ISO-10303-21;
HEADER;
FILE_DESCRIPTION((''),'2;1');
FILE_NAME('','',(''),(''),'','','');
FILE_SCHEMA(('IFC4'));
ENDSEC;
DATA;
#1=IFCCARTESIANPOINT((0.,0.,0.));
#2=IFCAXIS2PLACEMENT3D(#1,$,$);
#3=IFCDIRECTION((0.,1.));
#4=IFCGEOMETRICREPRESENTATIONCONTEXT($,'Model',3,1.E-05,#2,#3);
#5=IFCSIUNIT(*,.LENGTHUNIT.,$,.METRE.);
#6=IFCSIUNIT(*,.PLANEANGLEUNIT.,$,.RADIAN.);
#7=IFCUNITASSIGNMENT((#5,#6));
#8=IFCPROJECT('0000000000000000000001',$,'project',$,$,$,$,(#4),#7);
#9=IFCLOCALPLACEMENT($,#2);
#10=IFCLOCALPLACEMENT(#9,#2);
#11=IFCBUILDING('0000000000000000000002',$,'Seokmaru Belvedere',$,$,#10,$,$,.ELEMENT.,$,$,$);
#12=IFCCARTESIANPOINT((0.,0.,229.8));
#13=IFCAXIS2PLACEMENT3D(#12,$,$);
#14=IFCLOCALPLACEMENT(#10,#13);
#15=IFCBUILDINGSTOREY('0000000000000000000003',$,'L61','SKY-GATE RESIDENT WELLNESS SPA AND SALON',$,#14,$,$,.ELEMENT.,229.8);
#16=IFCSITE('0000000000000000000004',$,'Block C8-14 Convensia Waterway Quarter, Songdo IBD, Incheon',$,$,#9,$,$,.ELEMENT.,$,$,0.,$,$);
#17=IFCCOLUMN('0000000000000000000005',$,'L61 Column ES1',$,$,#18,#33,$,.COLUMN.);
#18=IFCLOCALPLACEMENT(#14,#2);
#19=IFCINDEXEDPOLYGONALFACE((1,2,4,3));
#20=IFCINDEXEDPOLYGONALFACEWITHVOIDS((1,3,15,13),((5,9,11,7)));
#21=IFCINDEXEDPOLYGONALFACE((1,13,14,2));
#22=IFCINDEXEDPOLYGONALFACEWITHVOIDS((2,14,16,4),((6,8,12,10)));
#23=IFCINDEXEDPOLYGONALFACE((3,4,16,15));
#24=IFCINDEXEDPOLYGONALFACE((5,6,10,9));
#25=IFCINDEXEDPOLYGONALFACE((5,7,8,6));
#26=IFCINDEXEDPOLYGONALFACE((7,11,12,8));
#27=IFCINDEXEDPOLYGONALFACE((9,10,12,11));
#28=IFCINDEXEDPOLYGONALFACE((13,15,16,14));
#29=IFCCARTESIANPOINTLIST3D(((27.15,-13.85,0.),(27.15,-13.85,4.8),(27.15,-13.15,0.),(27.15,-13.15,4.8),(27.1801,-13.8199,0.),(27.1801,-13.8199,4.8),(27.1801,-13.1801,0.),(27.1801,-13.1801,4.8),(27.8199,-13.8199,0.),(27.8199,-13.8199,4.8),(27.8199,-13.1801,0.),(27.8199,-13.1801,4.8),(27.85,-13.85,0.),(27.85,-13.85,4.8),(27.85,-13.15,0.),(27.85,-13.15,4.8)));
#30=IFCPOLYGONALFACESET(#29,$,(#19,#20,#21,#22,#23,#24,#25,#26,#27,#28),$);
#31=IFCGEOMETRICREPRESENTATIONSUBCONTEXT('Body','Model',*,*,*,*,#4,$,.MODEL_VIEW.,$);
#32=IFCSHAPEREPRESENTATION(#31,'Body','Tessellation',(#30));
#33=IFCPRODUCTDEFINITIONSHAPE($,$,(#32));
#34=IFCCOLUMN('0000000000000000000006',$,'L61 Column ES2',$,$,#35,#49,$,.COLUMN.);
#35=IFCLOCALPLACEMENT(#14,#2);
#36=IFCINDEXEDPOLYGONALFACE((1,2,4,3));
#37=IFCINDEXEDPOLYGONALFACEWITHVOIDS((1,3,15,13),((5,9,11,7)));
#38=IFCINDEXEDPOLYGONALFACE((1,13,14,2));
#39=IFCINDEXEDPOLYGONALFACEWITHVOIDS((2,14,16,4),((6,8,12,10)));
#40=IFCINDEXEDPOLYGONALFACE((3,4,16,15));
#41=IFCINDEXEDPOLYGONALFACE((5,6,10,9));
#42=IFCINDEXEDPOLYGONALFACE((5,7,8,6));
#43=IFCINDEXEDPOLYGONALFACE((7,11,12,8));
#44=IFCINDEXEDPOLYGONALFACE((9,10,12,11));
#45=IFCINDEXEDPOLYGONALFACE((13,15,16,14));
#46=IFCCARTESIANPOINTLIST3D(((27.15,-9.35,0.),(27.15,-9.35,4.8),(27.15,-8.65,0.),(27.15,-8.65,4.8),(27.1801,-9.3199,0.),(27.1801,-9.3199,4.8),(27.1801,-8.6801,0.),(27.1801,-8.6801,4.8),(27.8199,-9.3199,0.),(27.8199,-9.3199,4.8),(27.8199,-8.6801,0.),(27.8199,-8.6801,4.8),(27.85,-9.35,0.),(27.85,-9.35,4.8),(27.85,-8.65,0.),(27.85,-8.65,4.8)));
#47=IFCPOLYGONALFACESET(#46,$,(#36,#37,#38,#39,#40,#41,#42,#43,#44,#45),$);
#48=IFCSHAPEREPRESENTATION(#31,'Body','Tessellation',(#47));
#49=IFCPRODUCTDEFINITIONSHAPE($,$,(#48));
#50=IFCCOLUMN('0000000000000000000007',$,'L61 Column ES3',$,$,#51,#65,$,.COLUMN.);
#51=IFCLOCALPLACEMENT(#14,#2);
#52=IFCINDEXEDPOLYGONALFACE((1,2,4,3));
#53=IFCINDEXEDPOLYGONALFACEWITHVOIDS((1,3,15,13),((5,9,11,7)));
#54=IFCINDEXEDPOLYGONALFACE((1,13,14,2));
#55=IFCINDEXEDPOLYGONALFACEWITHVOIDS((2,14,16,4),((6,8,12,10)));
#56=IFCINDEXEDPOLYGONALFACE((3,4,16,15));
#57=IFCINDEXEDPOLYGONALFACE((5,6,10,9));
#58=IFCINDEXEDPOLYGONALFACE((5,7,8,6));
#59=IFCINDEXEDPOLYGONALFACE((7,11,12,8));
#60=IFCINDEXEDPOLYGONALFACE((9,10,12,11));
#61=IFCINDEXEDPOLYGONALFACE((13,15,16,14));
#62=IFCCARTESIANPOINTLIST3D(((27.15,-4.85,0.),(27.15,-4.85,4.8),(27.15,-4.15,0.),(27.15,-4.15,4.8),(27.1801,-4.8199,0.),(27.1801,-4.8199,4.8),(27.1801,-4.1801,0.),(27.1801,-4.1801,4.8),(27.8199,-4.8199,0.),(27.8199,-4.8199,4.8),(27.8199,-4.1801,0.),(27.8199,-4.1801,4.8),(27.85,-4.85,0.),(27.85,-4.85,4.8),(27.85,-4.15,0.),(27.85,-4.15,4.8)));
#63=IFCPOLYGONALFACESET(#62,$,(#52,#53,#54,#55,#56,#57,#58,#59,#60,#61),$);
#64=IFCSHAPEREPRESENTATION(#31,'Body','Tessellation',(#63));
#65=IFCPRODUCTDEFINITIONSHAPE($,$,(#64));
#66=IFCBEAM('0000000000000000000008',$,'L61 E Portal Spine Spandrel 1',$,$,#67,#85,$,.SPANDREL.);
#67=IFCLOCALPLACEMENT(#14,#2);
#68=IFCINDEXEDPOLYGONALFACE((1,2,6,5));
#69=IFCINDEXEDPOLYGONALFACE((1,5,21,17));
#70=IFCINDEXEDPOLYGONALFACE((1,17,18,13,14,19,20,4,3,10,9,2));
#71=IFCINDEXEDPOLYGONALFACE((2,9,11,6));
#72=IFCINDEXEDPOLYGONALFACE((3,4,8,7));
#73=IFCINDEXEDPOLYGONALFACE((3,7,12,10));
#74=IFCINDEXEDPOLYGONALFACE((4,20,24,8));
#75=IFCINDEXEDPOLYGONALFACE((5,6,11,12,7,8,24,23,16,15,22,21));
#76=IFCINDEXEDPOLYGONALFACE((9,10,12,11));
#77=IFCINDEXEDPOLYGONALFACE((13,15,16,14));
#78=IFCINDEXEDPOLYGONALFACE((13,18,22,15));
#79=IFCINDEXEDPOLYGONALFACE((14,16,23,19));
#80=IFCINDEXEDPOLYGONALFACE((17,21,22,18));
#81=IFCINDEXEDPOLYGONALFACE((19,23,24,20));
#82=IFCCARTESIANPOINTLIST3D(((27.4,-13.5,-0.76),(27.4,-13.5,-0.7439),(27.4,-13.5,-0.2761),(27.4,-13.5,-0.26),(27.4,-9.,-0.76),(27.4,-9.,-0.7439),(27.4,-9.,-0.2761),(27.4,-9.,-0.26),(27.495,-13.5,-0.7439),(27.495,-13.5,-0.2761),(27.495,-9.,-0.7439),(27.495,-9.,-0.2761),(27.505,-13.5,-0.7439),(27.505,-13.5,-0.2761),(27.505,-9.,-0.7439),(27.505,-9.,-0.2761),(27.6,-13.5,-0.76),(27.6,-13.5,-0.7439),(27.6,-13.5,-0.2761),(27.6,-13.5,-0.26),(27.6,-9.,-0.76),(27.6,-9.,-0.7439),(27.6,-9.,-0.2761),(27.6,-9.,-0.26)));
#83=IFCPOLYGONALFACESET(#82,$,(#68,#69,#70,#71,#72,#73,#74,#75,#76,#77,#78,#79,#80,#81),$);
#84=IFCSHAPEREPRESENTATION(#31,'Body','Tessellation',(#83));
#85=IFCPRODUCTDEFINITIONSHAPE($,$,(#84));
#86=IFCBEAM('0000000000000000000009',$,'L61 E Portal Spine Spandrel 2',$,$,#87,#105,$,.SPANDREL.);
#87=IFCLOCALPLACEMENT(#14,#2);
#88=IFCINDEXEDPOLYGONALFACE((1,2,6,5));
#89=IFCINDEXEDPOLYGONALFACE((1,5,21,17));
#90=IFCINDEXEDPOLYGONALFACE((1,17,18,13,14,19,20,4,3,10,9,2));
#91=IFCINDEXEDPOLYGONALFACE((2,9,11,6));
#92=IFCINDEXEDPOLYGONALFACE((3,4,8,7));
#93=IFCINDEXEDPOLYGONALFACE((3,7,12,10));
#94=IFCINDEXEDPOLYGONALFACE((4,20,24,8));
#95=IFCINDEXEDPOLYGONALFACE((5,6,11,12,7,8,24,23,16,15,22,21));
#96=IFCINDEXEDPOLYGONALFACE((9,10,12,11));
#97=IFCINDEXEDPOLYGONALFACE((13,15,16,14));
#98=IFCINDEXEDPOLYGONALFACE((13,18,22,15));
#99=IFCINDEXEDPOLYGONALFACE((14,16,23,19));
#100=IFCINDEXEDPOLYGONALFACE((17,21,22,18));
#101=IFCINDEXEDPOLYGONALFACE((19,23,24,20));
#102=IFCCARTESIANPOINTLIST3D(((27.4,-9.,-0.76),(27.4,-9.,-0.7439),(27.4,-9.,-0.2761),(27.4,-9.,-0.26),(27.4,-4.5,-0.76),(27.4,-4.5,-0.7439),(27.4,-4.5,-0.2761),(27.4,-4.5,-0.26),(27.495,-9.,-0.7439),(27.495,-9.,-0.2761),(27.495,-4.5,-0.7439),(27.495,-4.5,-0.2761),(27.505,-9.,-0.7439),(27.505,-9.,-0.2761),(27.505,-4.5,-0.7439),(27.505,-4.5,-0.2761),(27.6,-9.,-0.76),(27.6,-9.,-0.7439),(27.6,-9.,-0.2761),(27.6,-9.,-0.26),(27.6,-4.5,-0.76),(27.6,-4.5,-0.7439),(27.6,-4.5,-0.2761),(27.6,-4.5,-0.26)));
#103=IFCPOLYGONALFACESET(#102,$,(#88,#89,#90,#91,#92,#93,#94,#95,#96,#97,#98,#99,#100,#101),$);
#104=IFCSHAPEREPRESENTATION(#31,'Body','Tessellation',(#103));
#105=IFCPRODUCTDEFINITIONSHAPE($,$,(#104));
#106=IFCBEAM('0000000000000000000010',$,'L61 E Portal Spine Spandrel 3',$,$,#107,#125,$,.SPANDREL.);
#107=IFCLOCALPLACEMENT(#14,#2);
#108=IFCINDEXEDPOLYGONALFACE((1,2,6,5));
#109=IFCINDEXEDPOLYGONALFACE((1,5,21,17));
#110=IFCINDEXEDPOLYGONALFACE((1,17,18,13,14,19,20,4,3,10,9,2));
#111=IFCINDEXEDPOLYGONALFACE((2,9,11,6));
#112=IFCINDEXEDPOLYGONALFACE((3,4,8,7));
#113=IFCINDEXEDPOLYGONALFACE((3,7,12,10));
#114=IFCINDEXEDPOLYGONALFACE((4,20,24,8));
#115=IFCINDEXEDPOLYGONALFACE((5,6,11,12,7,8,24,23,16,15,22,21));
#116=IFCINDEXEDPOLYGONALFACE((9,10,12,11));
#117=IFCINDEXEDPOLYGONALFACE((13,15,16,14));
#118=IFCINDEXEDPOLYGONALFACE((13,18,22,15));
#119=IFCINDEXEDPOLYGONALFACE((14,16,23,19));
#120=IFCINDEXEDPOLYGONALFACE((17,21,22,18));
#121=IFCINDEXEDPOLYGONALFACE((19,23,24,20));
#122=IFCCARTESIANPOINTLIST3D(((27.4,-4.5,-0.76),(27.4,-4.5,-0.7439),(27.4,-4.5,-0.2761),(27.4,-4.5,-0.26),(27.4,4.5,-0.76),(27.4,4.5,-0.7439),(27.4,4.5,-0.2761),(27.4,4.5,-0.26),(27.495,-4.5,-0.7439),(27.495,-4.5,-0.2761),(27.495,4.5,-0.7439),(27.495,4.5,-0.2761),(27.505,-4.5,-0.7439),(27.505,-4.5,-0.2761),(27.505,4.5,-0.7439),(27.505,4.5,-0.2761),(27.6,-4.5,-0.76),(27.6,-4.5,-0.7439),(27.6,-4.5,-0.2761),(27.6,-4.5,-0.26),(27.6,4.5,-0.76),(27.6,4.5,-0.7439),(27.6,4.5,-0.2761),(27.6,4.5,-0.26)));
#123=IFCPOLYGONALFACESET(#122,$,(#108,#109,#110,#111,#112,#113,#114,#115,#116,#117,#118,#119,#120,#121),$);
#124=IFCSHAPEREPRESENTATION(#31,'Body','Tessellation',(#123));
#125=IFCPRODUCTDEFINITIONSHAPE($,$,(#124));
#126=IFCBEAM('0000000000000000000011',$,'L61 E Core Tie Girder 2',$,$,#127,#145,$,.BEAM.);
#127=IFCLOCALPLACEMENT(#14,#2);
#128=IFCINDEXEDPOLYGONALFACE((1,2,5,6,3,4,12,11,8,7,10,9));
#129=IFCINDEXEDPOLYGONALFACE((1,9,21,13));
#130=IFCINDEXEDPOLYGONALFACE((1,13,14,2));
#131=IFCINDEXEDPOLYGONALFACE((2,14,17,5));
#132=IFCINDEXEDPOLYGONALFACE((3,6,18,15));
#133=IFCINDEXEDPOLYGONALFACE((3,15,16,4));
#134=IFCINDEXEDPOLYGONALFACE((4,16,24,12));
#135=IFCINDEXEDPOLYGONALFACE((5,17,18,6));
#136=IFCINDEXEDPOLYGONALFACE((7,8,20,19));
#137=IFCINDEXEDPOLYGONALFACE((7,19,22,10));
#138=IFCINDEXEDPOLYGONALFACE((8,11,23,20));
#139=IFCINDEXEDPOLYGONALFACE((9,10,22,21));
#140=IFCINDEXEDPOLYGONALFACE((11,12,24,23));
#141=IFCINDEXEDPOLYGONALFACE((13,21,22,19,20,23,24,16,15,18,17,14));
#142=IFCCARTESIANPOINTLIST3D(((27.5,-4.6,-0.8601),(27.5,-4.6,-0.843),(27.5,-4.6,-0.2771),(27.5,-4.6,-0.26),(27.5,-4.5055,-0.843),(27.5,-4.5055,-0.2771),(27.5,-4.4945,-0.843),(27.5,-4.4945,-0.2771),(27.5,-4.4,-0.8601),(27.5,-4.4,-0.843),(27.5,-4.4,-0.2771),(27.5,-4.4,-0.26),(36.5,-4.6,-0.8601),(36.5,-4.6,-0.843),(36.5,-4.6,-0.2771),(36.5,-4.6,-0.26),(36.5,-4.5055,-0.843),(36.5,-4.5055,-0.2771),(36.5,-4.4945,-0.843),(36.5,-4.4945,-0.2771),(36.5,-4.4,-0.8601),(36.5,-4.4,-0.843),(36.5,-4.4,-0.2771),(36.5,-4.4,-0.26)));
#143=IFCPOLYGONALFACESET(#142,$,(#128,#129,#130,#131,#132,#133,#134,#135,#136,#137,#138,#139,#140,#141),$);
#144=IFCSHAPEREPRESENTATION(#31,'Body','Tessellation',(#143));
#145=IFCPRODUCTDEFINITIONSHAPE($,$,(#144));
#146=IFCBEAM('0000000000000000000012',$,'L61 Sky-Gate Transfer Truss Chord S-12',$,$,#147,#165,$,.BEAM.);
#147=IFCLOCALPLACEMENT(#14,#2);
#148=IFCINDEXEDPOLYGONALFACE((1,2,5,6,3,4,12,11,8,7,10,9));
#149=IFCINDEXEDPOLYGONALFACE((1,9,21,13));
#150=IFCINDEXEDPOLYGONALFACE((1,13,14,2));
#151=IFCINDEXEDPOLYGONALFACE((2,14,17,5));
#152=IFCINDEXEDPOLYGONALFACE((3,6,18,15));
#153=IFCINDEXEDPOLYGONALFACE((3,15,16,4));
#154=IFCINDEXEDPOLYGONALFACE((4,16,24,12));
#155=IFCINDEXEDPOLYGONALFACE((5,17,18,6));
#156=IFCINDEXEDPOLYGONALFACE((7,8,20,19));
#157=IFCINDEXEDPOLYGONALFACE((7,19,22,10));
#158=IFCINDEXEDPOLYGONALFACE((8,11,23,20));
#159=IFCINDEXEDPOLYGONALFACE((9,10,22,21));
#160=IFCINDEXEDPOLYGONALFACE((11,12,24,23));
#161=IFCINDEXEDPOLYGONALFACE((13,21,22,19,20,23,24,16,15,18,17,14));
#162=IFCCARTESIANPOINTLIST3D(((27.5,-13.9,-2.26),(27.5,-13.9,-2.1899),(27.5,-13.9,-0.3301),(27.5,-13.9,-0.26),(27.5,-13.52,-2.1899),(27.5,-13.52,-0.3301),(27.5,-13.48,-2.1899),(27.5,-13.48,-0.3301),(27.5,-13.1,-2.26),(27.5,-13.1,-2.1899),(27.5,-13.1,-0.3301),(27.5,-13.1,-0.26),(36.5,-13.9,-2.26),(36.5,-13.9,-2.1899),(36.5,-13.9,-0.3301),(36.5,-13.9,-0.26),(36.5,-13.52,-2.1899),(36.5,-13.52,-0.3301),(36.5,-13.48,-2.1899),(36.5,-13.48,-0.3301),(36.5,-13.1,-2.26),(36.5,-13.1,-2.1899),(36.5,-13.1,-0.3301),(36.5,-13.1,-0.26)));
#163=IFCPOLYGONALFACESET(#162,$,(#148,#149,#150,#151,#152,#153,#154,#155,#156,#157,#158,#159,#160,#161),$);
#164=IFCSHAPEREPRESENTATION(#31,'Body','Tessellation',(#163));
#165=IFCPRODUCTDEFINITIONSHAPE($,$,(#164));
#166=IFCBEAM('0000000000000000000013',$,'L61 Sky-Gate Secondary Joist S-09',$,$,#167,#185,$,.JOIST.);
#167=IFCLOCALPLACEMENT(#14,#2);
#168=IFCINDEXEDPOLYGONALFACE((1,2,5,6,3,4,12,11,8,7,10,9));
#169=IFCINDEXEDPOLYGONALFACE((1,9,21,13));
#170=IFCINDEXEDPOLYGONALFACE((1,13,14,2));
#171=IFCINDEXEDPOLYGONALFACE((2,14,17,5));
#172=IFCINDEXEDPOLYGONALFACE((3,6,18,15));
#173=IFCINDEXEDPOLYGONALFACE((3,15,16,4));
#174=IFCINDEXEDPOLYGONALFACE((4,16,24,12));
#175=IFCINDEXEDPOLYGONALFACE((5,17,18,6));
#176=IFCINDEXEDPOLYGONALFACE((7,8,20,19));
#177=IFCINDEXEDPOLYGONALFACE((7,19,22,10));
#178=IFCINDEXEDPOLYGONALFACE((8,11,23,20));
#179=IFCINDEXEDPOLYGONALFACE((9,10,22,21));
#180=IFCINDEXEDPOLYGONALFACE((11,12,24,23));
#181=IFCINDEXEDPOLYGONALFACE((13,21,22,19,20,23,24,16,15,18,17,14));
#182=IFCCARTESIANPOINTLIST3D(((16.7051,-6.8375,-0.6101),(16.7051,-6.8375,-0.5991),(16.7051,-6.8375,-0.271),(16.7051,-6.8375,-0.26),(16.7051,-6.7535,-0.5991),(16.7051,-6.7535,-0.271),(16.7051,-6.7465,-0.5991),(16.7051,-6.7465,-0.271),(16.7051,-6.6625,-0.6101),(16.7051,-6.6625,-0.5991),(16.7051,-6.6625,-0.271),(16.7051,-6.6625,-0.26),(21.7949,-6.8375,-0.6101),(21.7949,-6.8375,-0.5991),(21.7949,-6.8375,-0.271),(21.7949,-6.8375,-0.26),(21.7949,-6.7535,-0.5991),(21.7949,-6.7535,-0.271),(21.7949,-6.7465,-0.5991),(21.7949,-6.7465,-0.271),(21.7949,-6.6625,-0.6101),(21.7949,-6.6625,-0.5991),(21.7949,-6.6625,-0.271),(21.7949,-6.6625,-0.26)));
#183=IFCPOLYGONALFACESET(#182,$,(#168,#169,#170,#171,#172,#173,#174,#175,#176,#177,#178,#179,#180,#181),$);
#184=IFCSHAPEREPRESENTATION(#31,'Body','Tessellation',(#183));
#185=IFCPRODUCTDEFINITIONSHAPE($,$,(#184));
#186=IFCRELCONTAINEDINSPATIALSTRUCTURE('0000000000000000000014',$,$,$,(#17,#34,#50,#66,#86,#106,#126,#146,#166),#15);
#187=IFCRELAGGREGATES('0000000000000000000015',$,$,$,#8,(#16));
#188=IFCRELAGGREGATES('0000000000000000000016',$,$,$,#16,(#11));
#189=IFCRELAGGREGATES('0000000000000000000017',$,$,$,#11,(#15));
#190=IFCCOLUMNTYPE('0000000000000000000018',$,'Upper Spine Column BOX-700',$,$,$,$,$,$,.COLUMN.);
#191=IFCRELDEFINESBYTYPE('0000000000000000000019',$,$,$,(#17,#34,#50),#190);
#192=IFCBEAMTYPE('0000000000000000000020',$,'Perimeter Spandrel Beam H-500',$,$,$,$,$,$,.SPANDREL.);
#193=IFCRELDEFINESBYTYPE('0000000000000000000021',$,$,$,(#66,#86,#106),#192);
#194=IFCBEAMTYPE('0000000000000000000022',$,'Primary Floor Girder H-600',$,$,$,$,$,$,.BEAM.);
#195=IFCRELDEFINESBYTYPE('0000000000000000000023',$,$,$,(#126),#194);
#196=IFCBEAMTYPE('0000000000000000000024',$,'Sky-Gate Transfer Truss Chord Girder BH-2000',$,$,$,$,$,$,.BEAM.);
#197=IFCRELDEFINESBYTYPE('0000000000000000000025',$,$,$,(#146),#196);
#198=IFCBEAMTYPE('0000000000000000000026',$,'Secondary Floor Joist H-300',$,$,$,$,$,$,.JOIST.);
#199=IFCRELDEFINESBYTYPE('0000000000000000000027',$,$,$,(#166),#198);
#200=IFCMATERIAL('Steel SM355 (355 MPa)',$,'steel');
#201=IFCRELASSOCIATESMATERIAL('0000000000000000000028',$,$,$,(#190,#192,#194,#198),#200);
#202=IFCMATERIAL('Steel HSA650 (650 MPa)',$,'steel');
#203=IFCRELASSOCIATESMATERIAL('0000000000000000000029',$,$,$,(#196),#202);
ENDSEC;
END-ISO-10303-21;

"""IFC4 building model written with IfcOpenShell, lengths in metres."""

from ifc_helpers import new_model, si_unit, direction, frame, origin, origin_2d, place, context, subcontext, project, spatial, hollow_rectangle, i_section, extrude, source, transform, mapped, material, material_profile, profile_set, type_object, type_shapes, element, save


model = new_model("IFC4")

# Units and contexts
model_context = context("Model", 3, precision=1e-05, world=origin(), true_north=direction((0.0, 1.0)))
body_context = subcontext(model_context, "Body", "Model", "MODEL_VIEW")
ifc_project = project(units=[si_unit("LENGTHUNIT", "METRE"), si_unit("PLANEANGLEUNIT", "RADIAN")], contexts=[model_context])

# Site, building, storey
site_placement = place(None, origin())
site = spatial("IfcSite", under=ifc_project, at=site_placement, Name="Block C8-14 Convensia Waterway Quarter, Songdo IBD, Incheon", CompositionType="ELEMENT", RefElevation=0.0)
building_placement = place(site_placement, origin())
building = spatial("IfcBuilding", under=site, at=building_placement, Name="Seokmaru Belvedere", CompositionType="ELEMENT")
storey_placement = place(building_placement, frame((0.0, 0.0, 229.8)))
storey = spatial("IfcBuildingStorey", under=building, at=storey_placement, Name="L61", Description="SKY-GATE RESIDENT WELLNESS SPA AND SALON", CompositionType="ELEMENT", Elevation=229.8)

# Columns
ifc_material_1 = material(Name="Steel SM355 (355 MPa)", Category="steel")
ifc_material_profile_1 = material_profile(ifc_material_1, hollow_rectangle(XDim=0.7, YDim=0.7, WallThickness=0.03, at=origin_2d()), Name="BOX-700x700x30")
ifc_profile_set_1 = profile_set([ifc_material_profile_1], Name="Steel SM355 (355 MPa)")
column_type = type_object("IfcColumnType", Name="Upper Spine Column BOX-700", PredefinedType="COLUMN", material=ifc_profile_set_1)
shared_shape_1 = source(origin(), body_context, "Body", "SweptSolid", [
    extrude(hollow_rectangle(XDim=0.7, YDim=0.7, WallThickness=0.03, at=origin_2d()), origin(), (0.0, 0.0, 1.0), 4.8),
])
type_shapes(column_type, [shared_shape_1])
for number, where, z_axis, x_axis, name in (
    (1, (27.5, -13.5, 0.0), (0.0, 0.0, 1.0), (1.0, 0.0, 0.0), "L61 Column ES1"),
    (2, (27.5, -9.0, 0.0), (0.0, 0.0, 1.0), (1.0, 0.0, 0.0), "L61 Column ES2"),
    (3, (27.5, -4.5, 0.0), (0.0, 0.0, 1.0), (1.0, 0.0, 0.0), "L61 Column ES3"),
):
    element("IfcColumn", number, at=place(storey_placement, frame(where, z_axis=z_axis, x_axis=x_axis)), inside=storey, type_object=column_type, Name=name, PredefinedType="COLUMN", context=body_context, shape_type="MappedRepresentation", body=[
        mapped(shared_shape_1, transform((0.0, 0.0, 0.0), scale=1.0)),
    ])

# Beams
ifc_material_profile_2 = material_profile(ifc_material_1, i_section(OverallWidth=0.2, OverallDepth=0.5, WebThickness=0.01, FlangeThickness=0.0161, at=origin_2d()), Name="H-500x200x10x16")
ifc_profile_set_2 = profile_set([ifc_material_profile_2], Name="Steel SM355 (355 MPa)")
beam_type_1 = type_object("IfcBeamType", Name="Perimeter Spandrel Beam H-500", PredefinedType="SPANDREL", material=ifc_profile_set_2)
shared_shape_2 = source(origin(), body_context, "Body", "SweptSolid", [
    extrude(i_section(OverallWidth=0.2, OverallDepth=0.5, WebThickness=0.01, FlangeThickness=0.0161, at=origin_2d()), origin(), (0.0, 0.0, 1.0), 4.5),
])
for number, where, z_axis, x_axis, name in (
    (4, (27.5, -13.5, -0.51), (0.0, 1.0, 0.0), (-1.0, 0.0, 0.0), "L61 E Portal Spine Spandrel 1"),
    (5, (27.5, -9.0, -0.51), (0.0, 1.0, 0.0), (-1.0, 0.0, 0.0), "L61 E Portal Spine Spandrel 2"),
):
    element("IfcBeam", number, at=place(storey_placement, frame(where, z_axis=z_axis, x_axis=x_axis)), inside=storey, type_object=beam_type_1, Name=name, PredefinedType="SPANDREL", context=body_context, shape_type="MappedRepresentation", body=[
        mapped(shared_shape_2, transform((0.0, 0.0, 0.0), scale=1.0)),
    ])
shared_shape_3 = source(origin(), body_context, "Body", "SweptSolid", [
    extrude(i_section(OverallWidth=0.2, OverallDepth=0.5, WebThickness=0.01, FlangeThickness=0.0161, at=origin_2d()), origin(), (0.0, 0.0, 1.0), 9.0),
])
type_shapes(beam_type_1, [shared_shape_2, shared_shape_3])
beam_1_placement = place(storey_placement, frame((27.5, -4.5, -0.51), z_axis=(0.0, 1.0, 0.0), x_axis=(-1.0, 0.0, 0.0)))
element("IfcBeam", 6, at=beam_1_placement, inside=storey, type_object=beam_type_1, Name="L61 E Portal Spine Spandrel 3", PredefinedType="SPANDREL", context=body_context, shape_type="MappedRepresentation", body=[
    mapped(shared_shape_3, transform((0.0, 0.0, 0.0), scale=1.0)),
])
ifc_material_profile_3 = material_profile(ifc_material_1, i_section(OverallWidth=0.2, OverallDepth=0.6001, WebThickness=0.011, FlangeThickness=0.0171, at=origin_2d()), Name="H-600x200x11x17")
ifc_profile_set_3 = profile_set([ifc_material_profile_3], Name="Steel SM355 (355 MPa)")
beam_type_2 = type_object("IfcBeamType", Name="Primary Floor Girder H-600", PredefinedType="BEAM", material=ifc_profile_set_3)
shared_shape_4 = source(origin(), body_context, "Body", "SweptSolid", [
    extrude(i_section(OverallWidth=0.2, OverallDepth=0.6001, WebThickness=0.011, FlangeThickness=0.0171, at=origin_2d()), origin(), (0.0, 0.0, 1.0), 9.0),
])
type_shapes(beam_type_2, [shared_shape_4])
beam_2_placement = place(storey_placement, frame((27.5, -4.5, -0.5601), z_axis=(1.0, 0.0, 0.0), x_axis=(0.0, 1.0, 0.0)))
element("IfcBeam", 7, at=beam_2_placement, inside=storey, type_object=beam_type_2, Name="L61 E Core Tie Girder 2", PredefinedType="BEAM", context=body_context, shape_type="MappedRepresentation", body=[
    mapped(shared_shape_4, transform((0.0, 0.0, 0.0), scale=1.0)),
])
ifc_material_2 = material(Name="Steel HSA650 (650 MPa)", Category="steel")
ifc_material_profile_4 = material_profile(ifc_material_2, i_section(OverallWidth=0.8, OverallDepth=2.0, WebThickness=0.04, FlangeThickness=0.0701, at=origin_2d()), Name="BH-2000x800x40x70")
ifc_profile_set_4 = profile_set([ifc_material_profile_4], Name="Steel HSA650 (650 MPa)")
beam_type_3 = type_object("IfcBeamType", Name="Sky-Gate Transfer Truss Chord Girder BH-2000", PredefinedType="BEAM", material=ifc_profile_set_4)
shared_shape_5 = source(origin(), body_context, "Body", "SweptSolid", [
    extrude(i_section(OverallWidth=0.8, OverallDepth=2.0, WebThickness=0.04, FlangeThickness=0.0701, at=origin_2d()), origin(), (0.0, 0.0, 1.0), 9.0),
])
type_shapes(beam_type_3, [shared_shape_5])
beam_3_placement = place(storey_placement, frame((27.5, -13.5, -1.26), z_axis=(1.0, 0.0, 0.0), x_axis=(0.0, 1.0, 0.0)))
element("IfcBeam", 8, at=beam_3_placement, inside=storey, type_object=beam_type_3, Name="L61 Sky-Gate Transfer Truss Chord S-12", PredefinedType="BEAM", context=body_context, shape_type="MappedRepresentation", body=[
    mapped(shared_shape_5, transform((0.0, 0.0, 0.0), scale=1.0)),
])
ifc_material_profile_5 = material_profile(ifc_material_1, i_section(OverallWidth=0.175, OverallDepth=0.3501, WebThickness=0.0071, FlangeThickness=0.011, at=origin_2d()), Name="H-350x175x7x11")
ifc_profile_set_5 = profile_set([ifc_material_profile_5], Name="Steel SM355 (355 MPa)")
beam_type_4 = type_object("IfcBeamType", Name="Secondary Floor Joist H-300", PredefinedType="JOIST", material=ifc_profile_set_5)
shared_shape_6 = source(origin(), body_context, "Body", "SweptSolid", [
    extrude(i_section(OverallWidth=0.175, OverallDepth=0.3501, WebThickness=0.0071, FlangeThickness=0.011, at=origin_2d()), origin(), (0.0, 0.0, 1.0), 5.0898),
])
type_shapes(beam_type_4, [shared_shape_6])
for number, where, z_axis, x_axis, name in (
    (9, (16.7051, -6.75, -0.4351), (1.0, 0.0, 0.0), (0.0, 1.0, 0.0), "L61 Sky-Gate Secondary Joist S-09"),
):
    element("IfcBeam", number, at=place(storey_placement, frame(where, z_axis=z_axis, x_axis=x_axis)), inside=storey, type_object=beam_type_4, Name=name, PredefinedType="JOIST", context=body_context, shape_type="MappedRepresentation", body=[
        mapped(shared_shape_6, transform((0.0, 0.0, 0.0), scale=1.0)),
    ])

save(model, "model.ifc")
